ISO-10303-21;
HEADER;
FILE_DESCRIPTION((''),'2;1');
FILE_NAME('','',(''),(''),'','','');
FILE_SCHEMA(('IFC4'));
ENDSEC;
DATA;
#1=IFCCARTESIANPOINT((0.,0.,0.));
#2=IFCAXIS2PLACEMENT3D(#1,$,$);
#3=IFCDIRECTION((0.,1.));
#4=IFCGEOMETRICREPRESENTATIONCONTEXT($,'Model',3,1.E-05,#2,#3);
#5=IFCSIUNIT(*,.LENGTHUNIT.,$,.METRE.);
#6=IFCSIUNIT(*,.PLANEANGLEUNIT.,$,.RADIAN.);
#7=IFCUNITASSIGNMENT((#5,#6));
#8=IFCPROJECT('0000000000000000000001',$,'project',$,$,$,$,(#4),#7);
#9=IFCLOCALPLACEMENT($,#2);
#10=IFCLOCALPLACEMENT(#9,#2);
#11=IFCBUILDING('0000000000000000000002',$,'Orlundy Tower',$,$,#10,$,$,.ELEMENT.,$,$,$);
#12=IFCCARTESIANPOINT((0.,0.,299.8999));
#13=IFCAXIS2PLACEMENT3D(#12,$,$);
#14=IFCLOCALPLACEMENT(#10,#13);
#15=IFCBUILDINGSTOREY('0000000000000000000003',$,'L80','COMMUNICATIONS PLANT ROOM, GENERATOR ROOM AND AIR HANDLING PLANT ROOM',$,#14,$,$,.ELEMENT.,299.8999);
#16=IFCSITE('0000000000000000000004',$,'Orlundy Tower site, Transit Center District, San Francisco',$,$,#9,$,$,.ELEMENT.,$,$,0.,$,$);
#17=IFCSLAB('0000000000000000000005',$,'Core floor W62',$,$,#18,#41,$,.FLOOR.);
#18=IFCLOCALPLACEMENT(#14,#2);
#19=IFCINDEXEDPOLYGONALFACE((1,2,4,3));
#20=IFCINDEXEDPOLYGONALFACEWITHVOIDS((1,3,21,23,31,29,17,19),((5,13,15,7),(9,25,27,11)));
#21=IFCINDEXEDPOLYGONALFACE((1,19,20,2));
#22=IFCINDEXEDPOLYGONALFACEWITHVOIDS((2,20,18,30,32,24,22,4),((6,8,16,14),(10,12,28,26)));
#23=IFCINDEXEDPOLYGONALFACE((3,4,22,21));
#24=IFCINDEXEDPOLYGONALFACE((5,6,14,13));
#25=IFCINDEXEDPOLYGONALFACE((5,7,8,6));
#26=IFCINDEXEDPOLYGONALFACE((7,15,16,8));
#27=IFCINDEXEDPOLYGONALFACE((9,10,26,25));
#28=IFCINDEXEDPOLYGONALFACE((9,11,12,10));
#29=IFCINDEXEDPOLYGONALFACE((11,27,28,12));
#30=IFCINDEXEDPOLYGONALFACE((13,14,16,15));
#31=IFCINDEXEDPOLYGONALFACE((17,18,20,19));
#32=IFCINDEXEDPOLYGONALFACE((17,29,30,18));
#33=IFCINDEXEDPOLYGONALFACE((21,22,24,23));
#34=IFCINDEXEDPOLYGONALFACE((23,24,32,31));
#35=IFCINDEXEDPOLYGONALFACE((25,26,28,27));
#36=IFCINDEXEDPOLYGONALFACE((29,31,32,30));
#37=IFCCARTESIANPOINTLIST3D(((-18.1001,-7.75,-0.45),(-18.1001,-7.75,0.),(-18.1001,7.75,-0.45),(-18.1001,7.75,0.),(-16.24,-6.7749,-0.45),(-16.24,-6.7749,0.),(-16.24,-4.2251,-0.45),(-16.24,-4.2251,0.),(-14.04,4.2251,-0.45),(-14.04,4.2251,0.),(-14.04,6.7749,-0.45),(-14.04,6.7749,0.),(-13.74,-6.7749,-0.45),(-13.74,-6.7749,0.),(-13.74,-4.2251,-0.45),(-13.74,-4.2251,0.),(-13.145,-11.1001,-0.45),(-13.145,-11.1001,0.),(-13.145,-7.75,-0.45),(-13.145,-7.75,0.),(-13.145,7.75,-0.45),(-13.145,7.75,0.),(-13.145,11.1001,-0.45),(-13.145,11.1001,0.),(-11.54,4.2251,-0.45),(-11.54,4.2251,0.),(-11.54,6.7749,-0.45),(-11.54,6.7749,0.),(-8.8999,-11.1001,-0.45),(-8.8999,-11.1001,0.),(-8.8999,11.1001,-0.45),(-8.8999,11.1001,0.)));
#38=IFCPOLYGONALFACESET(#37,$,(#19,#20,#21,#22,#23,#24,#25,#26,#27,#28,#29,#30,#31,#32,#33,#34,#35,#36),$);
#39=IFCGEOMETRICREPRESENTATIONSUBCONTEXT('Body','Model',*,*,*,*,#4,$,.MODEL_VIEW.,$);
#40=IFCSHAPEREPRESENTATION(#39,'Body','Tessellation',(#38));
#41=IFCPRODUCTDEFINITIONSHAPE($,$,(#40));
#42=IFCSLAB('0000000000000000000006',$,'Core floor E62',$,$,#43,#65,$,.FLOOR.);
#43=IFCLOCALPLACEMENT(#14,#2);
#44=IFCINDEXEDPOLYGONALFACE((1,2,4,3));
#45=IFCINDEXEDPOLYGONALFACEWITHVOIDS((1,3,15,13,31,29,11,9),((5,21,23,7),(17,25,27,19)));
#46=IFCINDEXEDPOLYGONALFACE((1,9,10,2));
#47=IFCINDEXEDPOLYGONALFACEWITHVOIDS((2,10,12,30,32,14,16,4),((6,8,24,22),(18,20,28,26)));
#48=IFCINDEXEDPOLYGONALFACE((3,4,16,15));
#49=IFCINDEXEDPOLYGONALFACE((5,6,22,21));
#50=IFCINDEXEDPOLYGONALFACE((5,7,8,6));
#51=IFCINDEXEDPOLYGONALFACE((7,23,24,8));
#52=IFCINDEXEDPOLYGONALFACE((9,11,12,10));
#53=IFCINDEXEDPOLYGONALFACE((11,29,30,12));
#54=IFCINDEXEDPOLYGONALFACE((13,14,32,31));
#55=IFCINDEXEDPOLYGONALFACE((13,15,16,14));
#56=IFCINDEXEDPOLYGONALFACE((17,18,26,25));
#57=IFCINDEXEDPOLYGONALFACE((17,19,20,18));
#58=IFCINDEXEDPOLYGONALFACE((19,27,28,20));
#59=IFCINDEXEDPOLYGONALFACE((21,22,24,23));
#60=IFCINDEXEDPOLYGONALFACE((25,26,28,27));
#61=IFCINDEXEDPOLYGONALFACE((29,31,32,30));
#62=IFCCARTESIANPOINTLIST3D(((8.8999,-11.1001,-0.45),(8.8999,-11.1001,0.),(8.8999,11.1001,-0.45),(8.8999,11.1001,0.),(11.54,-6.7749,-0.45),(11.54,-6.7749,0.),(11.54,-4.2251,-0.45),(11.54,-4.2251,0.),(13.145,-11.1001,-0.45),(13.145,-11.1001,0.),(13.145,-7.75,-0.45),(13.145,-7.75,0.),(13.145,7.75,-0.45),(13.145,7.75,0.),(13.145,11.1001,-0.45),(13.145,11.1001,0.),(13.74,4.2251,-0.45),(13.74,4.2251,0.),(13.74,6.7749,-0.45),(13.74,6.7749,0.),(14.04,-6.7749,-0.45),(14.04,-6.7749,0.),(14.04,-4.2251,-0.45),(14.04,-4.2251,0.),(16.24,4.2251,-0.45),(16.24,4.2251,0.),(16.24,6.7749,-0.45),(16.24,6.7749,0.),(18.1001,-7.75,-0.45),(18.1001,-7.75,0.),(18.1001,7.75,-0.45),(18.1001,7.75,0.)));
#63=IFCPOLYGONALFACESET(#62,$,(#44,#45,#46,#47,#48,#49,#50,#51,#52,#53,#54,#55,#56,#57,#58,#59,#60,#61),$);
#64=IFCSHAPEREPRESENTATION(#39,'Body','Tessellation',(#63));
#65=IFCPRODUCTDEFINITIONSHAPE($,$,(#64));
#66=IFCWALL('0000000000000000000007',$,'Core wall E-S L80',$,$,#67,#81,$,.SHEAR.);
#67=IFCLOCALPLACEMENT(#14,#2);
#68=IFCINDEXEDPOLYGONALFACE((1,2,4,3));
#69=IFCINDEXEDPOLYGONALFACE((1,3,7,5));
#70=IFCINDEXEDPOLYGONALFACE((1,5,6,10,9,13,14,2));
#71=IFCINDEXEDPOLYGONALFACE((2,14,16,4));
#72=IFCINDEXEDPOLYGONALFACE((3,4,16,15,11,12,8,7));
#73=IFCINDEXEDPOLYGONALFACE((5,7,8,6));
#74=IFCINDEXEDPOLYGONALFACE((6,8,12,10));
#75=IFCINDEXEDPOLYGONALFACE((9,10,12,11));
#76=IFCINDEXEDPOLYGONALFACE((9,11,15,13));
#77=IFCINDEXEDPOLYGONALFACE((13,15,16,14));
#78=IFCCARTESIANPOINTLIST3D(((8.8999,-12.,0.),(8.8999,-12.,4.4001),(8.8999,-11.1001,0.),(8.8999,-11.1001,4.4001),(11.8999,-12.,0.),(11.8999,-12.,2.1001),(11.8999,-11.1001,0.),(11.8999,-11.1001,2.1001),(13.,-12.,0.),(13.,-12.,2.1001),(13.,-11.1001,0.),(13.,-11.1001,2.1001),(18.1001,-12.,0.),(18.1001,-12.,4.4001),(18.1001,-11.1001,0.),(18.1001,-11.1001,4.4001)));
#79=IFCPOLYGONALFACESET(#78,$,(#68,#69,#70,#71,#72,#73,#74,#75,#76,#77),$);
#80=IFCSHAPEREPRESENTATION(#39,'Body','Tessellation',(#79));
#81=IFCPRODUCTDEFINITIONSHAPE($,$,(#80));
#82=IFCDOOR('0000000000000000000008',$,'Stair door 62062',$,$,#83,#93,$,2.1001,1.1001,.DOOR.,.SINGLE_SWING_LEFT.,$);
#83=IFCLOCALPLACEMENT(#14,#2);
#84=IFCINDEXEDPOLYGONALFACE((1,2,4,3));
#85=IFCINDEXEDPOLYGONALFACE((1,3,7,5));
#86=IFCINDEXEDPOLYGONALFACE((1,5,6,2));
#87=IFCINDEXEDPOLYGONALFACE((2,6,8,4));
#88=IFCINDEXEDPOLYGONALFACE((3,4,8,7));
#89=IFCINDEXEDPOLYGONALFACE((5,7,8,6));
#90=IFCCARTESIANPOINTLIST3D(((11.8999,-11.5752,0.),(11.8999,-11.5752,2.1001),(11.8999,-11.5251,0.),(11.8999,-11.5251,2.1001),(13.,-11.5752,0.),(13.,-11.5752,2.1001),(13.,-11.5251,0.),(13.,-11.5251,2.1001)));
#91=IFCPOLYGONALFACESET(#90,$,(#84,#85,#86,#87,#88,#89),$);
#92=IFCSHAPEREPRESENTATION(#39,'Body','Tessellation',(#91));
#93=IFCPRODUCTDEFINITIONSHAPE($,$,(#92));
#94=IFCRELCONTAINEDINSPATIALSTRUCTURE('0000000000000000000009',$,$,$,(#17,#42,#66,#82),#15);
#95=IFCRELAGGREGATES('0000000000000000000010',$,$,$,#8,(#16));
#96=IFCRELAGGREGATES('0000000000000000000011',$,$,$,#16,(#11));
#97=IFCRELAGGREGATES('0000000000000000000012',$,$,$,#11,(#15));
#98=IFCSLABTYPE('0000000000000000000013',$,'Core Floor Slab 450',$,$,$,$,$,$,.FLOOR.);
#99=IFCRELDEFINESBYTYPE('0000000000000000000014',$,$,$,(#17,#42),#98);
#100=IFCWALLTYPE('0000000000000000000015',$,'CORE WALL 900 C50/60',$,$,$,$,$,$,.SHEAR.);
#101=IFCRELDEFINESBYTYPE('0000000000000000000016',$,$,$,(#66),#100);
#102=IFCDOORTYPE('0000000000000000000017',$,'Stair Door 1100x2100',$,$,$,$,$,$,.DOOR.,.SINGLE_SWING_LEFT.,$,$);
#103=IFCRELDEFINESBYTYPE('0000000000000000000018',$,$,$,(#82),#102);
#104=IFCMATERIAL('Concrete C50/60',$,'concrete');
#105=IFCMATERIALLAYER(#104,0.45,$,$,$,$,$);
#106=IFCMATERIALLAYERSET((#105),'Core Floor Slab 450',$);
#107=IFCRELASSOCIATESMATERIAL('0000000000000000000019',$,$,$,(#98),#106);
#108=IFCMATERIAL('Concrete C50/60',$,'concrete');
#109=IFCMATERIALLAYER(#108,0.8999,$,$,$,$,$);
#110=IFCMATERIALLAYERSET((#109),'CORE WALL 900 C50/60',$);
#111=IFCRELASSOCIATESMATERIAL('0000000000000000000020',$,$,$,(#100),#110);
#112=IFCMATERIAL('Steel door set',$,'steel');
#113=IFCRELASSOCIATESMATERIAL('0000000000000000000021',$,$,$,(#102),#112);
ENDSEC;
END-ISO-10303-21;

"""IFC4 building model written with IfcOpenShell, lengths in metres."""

from ifc_helpers import new_model, si_unit, direction, frame, frame_2d, origin, place, context, subcontext, project, spatial, polyline, rectangle, outline, extrude, material, layer, layer_set, type_object, element, fill, save


model = new_model("IFC4")

# Units and contexts
model_context = context("Model", 3, precision=1e-05, world=origin(), true_north=direction((0.0, 1.0)))
body_context = subcontext(model_context, "Body", "Model", "MODEL_VIEW")
ifc_project = project(units=[si_unit("LENGTHUNIT", "METRE"), si_unit("PLANEANGLEUNIT", "RADIAN")], contexts=[model_context])

# Site, building, storey
site_placement = place(None, origin())
site = spatial("IfcSite", under=ifc_project, at=site_placement, Name="Orlundy Tower site, Transit Center District, San Francisco", CompositionType="ELEMENT", RefElevation=0.0)
building_placement = place(site_placement, origin())
building = spatial("IfcBuilding", under=site, at=building_placement, Name="Orlundy Tower", CompositionType="ELEMENT")
storey_placement = place(building_placement, frame((0.0, 0.0, 299.8999)))
storey = spatial("IfcBuildingStorey", under=building, at=storey_placement, Name="L80", Description="COMMUNICATIONS PLANT ROOM, GENERATOR ROOM AND AIR HANDLING PLANT ROOM", CompositionType="ELEMENT", Elevation=299.8999)

# Slabs
ifc_material_1 = material(Name="Concrete C50/60", Category="concrete")
ifc_layer_1 = layer(ifc_material_1, 0.45)
ifc_layer_set_1 = layer_set([ifc_layer_1], Name="Core Floor Slab 450")
slab_type = type_object("IfcSlabType", Name="Core Floor Slab 450", PredefinedType="FLOOR", material=ifc_layer_set_1)
slab_1_placement = place(storey_placement, frame((0.0, 0.0, -0.45)))
element("IfcSlab", 1, at=slab_1_placement, inside=storey, type_object=slab_type, Name="Core floor W62", PredefinedType="FLOOR", context=body_context, shape_type="SweptSolid", body=[
    extrude(outline(polyline([(-8.8999, -11.1001), (-13.145, -11.1001), (-13.145, -7.75), (-18.1001, -7.75), (-18.1001, 7.75), (-13.145, 7.75), (-13.145, 11.1001), (-8.8999, 11.1001), (-8.8999, -11.1001)]), holes=[polyline([(-13.74, -6.7749), (-13.74, -4.2251), (-16.24, -4.2251), (-16.24, -6.7749), (-13.74, -6.7749)]), polyline([(-14.04, 4.2251), (-11.54, 4.2251), (-11.54, 6.7749), (-14.04, 6.7749), (-14.04, 4.2251)])]), origin(), (0.0, 0.0, 1.0), 0.45),
])
slab_2_placement = place(storey_placement, frame((0.0, 0.0, -0.45)))
element("IfcSlab", 2, at=slab_2_placement, inside=storey, type_object=slab_type, Name="Core floor E62", PredefinedType="FLOOR", context=body_context, shape_type="SweptSolid", body=[
    extrude(outline(polyline([(8.8999, 11.1001), (13.145, 11.1001), (13.145, 7.75), (18.1001, 7.75), (18.1001, -7.75), (13.145, -7.75), (13.145, -11.1001), (8.8999, -11.1001), (8.8999, 11.1001)]), holes=[polyline([(13.74, 6.7749), (13.74, 4.2251), (16.24, 4.2251), (16.24, 6.7749), (13.74, 6.7749)]), polyline([(14.04, -4.2251), (11.54, -4.2251), (11.54, -6.7749), (14.04, -6.7749), (14.04, -4.2251)])]), origin(), (0.0, 0.0, 1.0), 0.45),
])

# Wall, opening, door
ifc_material_2 = material(Name="Concrete C50/60", Category="concrete")
ifc_layer_2 = layer(ifc_material_2, 0.8999)
ifc_layer_set_2 = layer_set([ifc_layer_2], Name="CORE WALL 900 C50/60")
wall_type_1 = type_object("IfcWallType", Name="CORE WALL 900 C50/60", PredefinedType="SHEAR", material=ifc_layer_set_2)
wall_1_placement = place(storey_placement, frame((8.8999, -11.55, 0.0), z_axis=(0.0, 0.0, 1.0), x_axis=(1.0, 0.0, 0.0)))
wall_1 = element("IfcWall", 3, at=wall_1_placement, inside=storey, type_object=wall_type_1, Name="Core wall E-S L80", PredefinedType="SHEAR", context=body_context, shape_type="SweptSolid", body=[
    extrude(rectangle(XDim=9.2002, YDim=0.8999, at=frame_2d((4.6001, 0.0))), origin(), (0.0, 0.0, 1.0), 4.4001),
])
opening_1_placement = place(wall_1_placement, frame((3.0, 0.0, 0.0)))
opening_1 = element("IfcOpeningElement", 4, at=opening_1_placement, cuts=wall_1, PredefinedType="OPENING", context=body_context, shape_type="SweptSolid", body=[
    extrude(rectangle(XDim=1.1001, YDim=2.1001, at=frame_2d((0.55, 1.05))), frame((0.0, 0.46, 0.0), z_axis=(0.0, -1.0, 0.0), x_axis=(1.0, 0.0, 0.0)), (0.0, 0.0, 1.0), 0.9199),
])
ifc_material_3 = material(Name="Steel door set", Category="steel")
door_type_1 = type_object("IfcDoorType", Name="Stair Door 1100x2100", OperationType="SINGLE_SWING_LEFT", PredefinedType="DOOR", material=ifc_material_3)
door_1_placement = place(opening_1_placement, origin())
door_1 = element("IfcDoor", 5, at=door_1_placement, inside=storey, type_object=door_type_1, Name="Stair door 62062", OperationType="SINGLE_SWING_LEFT", OverallHeight=2.1001, OverallWidth=1.1001, PredefinedType="DOOR", context=body_context, shape_type="SweptSolid", body=[
    extrude(rectangle(XDim=1.1001, YDim=2.1001, at=frame_2d((0.55, 1.05))), frame((0.0, 0.0249, 0.0), z_axis=(0.0, -1.0, 0.0), x_axis=(1.0, 0.0, 0.0)), (0.0, 0.0, 1.0), 0.05),
])
fill(opening_1, door_1)

save(model, "model.ifc")
